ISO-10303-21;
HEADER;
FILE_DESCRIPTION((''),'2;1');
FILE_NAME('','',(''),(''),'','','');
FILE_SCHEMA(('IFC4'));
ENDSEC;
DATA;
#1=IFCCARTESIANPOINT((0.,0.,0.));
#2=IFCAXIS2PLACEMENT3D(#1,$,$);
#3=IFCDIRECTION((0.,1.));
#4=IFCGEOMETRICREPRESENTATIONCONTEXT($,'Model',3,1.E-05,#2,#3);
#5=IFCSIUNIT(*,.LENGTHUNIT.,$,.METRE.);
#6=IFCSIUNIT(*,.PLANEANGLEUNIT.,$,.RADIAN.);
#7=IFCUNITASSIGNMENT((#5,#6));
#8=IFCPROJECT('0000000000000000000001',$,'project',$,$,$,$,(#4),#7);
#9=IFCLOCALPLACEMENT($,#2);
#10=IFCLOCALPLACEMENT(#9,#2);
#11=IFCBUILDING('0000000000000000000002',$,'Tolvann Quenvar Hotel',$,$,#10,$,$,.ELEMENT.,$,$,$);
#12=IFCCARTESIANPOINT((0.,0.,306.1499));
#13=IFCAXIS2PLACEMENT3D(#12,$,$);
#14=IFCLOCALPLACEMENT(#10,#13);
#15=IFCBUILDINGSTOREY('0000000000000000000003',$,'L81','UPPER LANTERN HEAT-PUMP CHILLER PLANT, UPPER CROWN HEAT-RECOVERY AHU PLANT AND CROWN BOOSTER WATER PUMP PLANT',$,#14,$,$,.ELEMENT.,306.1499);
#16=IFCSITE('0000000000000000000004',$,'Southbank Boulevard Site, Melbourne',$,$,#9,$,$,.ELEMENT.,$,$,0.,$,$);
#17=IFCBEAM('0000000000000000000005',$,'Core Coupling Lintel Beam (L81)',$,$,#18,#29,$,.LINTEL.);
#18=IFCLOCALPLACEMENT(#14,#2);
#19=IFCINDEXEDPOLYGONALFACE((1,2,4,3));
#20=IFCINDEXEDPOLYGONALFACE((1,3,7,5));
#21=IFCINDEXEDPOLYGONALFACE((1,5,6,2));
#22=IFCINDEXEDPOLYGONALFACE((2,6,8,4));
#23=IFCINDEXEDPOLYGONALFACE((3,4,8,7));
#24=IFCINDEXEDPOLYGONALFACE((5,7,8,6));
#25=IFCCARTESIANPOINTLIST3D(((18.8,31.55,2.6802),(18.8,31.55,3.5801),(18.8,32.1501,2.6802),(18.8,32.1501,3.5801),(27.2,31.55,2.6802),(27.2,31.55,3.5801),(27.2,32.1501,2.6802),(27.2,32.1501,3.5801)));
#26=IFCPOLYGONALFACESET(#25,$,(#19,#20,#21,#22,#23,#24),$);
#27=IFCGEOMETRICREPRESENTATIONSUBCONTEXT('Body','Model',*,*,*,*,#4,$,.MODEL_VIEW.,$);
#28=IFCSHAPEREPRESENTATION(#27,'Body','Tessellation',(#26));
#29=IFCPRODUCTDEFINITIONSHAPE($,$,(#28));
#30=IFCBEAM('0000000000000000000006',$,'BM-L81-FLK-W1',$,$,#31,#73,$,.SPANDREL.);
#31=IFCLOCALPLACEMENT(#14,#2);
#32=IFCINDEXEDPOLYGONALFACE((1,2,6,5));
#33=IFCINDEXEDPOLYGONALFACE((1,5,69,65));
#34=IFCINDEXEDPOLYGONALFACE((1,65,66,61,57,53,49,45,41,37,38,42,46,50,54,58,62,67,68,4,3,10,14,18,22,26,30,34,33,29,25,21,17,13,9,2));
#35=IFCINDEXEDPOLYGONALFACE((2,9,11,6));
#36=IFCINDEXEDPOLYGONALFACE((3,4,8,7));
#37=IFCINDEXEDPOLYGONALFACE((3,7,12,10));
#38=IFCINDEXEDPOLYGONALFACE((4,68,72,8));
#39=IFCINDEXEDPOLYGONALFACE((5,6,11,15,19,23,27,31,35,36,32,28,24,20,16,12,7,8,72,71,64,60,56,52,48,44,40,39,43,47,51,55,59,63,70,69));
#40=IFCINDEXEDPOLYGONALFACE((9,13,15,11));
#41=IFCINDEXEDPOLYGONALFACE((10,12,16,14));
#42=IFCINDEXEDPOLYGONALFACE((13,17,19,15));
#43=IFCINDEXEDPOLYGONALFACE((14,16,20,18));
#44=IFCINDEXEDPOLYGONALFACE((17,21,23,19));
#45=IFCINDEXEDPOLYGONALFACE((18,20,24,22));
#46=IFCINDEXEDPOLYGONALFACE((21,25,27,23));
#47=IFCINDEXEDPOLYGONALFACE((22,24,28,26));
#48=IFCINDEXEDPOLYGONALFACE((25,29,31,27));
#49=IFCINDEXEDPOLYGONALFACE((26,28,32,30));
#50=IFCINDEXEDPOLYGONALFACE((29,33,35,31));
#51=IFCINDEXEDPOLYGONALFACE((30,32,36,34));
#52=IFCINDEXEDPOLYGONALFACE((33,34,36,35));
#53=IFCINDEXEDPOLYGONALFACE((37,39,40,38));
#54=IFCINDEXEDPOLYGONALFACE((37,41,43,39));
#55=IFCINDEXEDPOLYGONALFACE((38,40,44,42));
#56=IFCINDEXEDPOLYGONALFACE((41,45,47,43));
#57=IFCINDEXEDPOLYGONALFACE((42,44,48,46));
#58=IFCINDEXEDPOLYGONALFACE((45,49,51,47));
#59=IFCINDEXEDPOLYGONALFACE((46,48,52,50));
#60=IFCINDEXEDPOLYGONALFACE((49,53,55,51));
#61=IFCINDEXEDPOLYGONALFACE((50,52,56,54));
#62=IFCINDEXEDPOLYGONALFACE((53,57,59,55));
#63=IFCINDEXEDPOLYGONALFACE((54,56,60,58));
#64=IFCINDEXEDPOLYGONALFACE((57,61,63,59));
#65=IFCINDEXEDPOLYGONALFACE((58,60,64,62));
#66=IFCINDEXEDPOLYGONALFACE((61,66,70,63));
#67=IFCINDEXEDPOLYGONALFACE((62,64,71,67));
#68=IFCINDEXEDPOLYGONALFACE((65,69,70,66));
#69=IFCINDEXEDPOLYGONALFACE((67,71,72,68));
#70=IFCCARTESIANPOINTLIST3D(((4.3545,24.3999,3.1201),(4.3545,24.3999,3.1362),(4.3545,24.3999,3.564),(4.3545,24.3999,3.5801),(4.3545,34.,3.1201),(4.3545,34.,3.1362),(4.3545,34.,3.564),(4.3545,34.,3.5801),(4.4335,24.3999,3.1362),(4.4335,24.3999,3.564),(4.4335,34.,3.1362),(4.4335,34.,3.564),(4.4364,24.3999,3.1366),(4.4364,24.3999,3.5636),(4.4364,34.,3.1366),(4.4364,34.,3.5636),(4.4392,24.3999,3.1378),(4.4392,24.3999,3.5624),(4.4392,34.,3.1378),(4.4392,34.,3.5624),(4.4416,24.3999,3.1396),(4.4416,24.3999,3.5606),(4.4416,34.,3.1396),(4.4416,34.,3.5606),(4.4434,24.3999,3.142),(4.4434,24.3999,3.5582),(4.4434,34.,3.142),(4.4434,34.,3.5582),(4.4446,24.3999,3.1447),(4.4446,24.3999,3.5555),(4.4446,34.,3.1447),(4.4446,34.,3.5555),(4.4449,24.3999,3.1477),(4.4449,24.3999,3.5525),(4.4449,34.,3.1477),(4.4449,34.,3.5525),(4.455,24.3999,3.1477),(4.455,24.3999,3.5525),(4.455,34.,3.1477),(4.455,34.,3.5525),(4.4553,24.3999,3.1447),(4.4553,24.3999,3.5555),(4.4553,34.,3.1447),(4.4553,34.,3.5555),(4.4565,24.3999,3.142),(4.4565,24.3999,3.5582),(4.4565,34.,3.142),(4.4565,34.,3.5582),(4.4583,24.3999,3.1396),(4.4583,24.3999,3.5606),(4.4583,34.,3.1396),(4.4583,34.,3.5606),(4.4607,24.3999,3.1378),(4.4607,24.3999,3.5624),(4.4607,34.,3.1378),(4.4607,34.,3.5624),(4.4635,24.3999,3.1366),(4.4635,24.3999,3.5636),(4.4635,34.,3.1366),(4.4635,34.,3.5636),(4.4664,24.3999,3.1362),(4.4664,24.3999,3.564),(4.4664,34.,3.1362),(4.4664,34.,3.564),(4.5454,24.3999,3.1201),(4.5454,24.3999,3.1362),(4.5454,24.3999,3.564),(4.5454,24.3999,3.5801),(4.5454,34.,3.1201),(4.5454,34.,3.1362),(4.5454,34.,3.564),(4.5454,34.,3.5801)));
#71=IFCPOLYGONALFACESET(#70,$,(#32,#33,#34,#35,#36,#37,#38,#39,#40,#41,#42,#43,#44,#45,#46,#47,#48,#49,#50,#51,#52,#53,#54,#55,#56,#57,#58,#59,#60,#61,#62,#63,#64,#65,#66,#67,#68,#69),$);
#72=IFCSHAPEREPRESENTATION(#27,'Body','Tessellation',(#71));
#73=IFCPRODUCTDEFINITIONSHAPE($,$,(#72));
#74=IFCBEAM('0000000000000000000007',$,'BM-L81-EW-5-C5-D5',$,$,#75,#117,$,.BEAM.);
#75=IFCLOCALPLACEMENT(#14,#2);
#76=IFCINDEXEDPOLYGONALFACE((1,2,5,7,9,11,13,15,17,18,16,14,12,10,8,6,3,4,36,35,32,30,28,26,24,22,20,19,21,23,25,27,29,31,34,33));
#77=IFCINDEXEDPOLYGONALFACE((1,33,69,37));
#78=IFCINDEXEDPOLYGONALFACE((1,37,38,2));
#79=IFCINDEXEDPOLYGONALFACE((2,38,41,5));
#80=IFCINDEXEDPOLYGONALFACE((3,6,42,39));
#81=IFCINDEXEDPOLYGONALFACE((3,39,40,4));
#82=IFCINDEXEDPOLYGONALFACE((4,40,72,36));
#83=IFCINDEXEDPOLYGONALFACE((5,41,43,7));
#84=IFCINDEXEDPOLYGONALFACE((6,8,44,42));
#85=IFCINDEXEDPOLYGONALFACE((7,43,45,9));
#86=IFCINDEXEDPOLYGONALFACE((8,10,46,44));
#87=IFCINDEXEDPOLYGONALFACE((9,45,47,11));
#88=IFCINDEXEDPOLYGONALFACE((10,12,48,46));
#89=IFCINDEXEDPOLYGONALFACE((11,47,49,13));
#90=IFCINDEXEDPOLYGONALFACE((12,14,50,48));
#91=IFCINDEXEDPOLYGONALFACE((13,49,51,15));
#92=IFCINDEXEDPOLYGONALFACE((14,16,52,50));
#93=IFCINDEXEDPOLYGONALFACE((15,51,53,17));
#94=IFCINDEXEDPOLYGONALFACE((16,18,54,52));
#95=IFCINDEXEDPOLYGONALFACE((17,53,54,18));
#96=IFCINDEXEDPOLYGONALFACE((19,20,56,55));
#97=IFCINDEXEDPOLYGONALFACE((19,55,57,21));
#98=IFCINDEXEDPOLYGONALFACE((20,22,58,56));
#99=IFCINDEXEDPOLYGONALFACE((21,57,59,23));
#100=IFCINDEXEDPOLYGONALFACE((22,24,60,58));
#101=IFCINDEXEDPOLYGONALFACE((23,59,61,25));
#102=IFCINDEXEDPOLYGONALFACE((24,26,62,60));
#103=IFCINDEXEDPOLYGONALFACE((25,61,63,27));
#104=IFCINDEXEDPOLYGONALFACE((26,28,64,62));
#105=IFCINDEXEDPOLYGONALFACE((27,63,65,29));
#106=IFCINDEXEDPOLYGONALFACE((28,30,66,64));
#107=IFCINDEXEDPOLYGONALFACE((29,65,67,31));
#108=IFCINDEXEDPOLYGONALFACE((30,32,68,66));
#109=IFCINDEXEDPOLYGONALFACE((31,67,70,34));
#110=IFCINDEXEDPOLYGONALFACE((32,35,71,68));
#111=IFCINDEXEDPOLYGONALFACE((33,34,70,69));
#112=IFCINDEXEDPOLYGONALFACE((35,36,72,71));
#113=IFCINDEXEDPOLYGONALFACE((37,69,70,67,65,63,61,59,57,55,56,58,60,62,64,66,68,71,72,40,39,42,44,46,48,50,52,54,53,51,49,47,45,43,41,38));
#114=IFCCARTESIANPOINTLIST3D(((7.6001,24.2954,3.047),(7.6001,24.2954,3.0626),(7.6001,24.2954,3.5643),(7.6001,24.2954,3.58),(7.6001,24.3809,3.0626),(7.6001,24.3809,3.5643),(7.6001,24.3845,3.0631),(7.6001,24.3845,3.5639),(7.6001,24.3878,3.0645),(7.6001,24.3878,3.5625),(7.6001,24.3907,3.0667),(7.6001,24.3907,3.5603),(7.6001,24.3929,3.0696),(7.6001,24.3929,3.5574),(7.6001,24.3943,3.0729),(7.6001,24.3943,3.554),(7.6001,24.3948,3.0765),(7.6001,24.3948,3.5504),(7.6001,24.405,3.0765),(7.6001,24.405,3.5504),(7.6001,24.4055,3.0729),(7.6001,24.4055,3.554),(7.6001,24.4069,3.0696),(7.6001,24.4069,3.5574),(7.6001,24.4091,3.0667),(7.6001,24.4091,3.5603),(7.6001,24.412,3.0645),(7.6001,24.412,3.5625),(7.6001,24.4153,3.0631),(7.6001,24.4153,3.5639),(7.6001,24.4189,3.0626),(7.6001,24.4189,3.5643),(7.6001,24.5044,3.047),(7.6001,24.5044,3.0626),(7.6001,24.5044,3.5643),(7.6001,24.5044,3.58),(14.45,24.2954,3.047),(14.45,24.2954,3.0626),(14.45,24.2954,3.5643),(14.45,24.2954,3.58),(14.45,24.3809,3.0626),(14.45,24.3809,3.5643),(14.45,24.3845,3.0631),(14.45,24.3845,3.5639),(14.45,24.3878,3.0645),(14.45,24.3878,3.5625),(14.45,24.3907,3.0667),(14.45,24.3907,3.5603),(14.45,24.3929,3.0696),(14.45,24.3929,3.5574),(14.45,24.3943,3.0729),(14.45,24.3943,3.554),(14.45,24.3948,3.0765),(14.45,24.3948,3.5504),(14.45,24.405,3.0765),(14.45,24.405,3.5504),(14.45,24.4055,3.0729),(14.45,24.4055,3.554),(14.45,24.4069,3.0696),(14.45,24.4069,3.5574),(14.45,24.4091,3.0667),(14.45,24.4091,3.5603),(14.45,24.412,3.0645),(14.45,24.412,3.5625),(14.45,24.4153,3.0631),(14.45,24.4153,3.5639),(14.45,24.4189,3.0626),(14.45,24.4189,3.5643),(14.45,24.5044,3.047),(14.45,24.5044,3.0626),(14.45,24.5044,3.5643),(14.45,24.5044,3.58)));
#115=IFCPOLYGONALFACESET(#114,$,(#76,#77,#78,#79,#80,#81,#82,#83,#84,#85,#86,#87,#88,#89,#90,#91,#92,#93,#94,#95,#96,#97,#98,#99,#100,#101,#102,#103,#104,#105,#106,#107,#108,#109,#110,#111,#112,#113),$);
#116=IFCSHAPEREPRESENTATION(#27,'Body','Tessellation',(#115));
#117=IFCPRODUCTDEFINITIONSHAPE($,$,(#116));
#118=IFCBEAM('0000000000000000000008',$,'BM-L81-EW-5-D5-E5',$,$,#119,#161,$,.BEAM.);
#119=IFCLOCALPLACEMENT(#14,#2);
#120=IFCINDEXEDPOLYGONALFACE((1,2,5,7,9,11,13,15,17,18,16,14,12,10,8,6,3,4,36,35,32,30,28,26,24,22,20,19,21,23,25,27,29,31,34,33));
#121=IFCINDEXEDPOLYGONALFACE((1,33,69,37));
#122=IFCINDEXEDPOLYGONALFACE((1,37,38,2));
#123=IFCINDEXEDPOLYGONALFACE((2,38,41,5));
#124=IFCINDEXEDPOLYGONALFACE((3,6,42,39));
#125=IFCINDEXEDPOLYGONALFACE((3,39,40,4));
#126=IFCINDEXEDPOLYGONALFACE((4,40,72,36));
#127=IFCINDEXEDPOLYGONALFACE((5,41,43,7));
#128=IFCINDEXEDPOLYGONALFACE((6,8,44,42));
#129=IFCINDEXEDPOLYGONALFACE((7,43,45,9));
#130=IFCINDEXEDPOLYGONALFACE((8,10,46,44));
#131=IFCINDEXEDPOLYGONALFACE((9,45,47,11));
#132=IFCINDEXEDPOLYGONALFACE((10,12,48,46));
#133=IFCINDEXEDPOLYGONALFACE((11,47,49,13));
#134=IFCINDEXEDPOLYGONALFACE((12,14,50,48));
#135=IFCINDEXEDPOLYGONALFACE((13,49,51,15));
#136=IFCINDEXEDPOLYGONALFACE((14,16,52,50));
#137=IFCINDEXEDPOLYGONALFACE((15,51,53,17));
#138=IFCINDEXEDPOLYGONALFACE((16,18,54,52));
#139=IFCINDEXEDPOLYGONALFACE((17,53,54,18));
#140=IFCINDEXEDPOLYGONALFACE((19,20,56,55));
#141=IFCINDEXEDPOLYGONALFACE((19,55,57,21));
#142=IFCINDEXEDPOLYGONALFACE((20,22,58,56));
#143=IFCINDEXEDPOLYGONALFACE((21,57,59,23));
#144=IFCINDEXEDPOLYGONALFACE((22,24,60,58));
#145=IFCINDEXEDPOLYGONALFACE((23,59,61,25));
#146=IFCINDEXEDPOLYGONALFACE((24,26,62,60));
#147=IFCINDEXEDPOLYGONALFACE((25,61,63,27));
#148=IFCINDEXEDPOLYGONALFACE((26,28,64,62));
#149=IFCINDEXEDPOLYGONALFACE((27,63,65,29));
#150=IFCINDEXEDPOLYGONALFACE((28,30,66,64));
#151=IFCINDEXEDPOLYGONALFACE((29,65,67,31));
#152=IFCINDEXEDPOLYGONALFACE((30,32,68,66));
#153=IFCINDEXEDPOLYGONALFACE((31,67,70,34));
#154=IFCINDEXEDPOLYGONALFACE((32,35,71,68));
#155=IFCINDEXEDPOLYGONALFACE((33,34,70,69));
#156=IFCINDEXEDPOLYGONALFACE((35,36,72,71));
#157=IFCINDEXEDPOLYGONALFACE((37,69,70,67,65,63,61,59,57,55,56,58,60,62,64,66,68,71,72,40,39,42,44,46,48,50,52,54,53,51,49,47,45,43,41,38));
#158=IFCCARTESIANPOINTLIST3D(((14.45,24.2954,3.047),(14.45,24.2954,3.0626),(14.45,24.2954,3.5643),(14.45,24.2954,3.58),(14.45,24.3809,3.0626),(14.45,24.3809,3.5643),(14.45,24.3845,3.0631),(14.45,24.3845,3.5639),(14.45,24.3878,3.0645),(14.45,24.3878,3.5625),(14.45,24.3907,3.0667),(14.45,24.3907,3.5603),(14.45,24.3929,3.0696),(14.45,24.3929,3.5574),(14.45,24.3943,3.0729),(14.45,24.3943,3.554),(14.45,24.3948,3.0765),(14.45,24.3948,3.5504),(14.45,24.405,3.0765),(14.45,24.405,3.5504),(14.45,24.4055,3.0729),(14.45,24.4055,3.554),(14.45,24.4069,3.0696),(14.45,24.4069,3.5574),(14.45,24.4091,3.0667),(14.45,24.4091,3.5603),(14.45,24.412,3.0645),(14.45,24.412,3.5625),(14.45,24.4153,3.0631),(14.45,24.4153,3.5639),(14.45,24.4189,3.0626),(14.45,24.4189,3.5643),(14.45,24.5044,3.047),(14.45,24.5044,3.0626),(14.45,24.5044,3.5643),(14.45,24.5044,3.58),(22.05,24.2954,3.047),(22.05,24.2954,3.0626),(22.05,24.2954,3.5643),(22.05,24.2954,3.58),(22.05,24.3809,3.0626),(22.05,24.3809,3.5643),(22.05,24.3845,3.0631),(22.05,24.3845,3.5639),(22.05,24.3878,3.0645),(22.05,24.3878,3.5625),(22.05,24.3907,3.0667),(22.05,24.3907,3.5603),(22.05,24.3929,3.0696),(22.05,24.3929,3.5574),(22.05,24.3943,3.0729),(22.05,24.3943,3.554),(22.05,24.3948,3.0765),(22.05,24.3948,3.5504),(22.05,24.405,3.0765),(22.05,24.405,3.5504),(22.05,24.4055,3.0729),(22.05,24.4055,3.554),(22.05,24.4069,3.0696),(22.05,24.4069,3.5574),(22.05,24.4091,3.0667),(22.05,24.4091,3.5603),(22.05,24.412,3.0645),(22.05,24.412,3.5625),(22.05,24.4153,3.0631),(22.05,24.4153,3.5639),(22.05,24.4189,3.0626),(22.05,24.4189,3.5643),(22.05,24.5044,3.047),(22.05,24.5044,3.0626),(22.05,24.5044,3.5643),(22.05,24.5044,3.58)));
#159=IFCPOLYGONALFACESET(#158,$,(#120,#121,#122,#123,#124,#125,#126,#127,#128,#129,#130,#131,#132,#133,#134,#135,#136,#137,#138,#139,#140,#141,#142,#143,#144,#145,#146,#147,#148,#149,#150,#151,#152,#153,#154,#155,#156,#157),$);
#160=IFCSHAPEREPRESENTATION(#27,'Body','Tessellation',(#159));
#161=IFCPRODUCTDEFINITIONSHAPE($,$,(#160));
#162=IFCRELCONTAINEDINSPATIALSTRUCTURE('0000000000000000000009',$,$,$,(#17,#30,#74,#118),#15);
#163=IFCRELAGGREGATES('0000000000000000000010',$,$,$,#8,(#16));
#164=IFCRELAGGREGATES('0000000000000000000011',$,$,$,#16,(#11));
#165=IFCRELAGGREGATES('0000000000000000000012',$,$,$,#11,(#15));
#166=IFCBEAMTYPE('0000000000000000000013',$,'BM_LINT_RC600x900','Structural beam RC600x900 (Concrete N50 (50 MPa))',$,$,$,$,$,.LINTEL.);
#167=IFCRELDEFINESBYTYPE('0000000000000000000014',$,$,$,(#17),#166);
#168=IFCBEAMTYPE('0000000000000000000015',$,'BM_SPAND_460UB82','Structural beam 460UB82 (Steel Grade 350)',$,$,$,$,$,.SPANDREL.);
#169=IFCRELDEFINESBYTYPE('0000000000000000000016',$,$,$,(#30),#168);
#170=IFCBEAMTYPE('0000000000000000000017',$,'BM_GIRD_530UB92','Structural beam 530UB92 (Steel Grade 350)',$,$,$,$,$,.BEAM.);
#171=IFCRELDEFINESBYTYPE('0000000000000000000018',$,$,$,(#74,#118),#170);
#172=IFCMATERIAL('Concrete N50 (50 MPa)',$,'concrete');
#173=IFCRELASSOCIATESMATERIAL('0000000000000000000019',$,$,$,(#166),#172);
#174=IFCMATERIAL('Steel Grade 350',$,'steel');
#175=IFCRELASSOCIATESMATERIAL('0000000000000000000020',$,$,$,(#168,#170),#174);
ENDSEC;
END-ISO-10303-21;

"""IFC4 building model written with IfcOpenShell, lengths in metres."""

from ifc_helpers import new_model, si_unit, direction, frame, origin, origin_2d, place, context, subcontext, project, spatial, rectangle, i_section, extrude, source, transform, mapped, material, material_profile, profile_set, type_object, type_shapes, element, save


model = new_model("IFC4")

# Units and contexts
model_context = context("Model", 3, precision=1e-05, world=origin(), true_north=direction((0.0, 1.0)))
body_context = subcontext(model_context, "Body", "Model", "MODEL_VIEW")
ifc_project = project(units=[si_unit("LENGTHUNIT", "METRE"), si_unit("PLANEANGLEUNIT", "RADIAN")], contexts=[model_context])

# Site, building, storey
site_placement = place(None, origin())
site = spatial("IfcSite", under=ifc_project, at=site_placement, Name="Southbank Boulevard Site, Melbourne", CompositionType="ELEMENT", RefElevation=0.0)
building_placement = place(site_placement, origin())
building = spatial("IfcBuilding", under=site, at=building_placement, Name="Tolvann Quenvar Hotel", CompositionType="ELEMENT")
storey_placement = place(building_placement, frame((0.0, 0.0, 306.1499)))
storey = spatial("IfcBuildingStorey", under=building, at=storey_placement, Name="L81", Description="UPPER LANTERN HEAT-PUMP CHILLER PLANT, UPPER CROWN HEAT-RECOVERY AHU PLANT AND CROWN BOOSTER WATER PUMP PLANT", CompositionType="ELEMENT", Elevation=306.1499)

# Beams
ifc_material_1 = material(Name="Concrete N50 (50 MPa)", Category="concrete")
ifc_material_profile_1 = material_profile(ifc_material_1, rectangle(XDim=0.6001, YDim=0.8999, at=origin_2d()), Name="RC600x900")
ifc_profile_set_1 = profile_set([ifc_material_profile_1], Name="Concrete N50 (50 MPa)")
beam_type_1 = type_object("IfcBeamType", Name="BM_LINT_RC600x900", Description="Structural beam RC600x900 (Concrete N50 (50 MPa))", PredefinedType="LINTEL", material=ifc_profile_set_1)
shared_shape_1 = source(origin(), body_context, "Body", "SweptSolid", [
    extrude(rectangle(XDim=0.6001, YDim=0.8999, at=origin_2d()), origin(), (0.0, 0.0, 1.0), 8.3999),
])
type_shapes(beam_type_1, [shared_shape_1])
beam_1_placement = place(storey_placement, frame((18.8, 31.8501, 3.1301), z_axis=(1.0, 0.0, 0.0), x_axis=(0.0, 1.0, 0.0)))
element("IfcBeam", 1, at=beam_1_placement, inside=storey, type_object=beam_type_1, Name="Core Coupling Lintel Beam (L81)", PredefinedType="LINTEL", context=body_context, shape_type="MappedRepresentation", body=[
    mapped(shared_shape_1, transform((0.0, 0.0, 0.0), x_axis=(1.0, 0.0, 0.0), y_axis=(0.0, 1.0, 0.0), z_axis=(0.0, 0.0, 1.0), scale=1.0)),
])
ifc_material_2 = material(Name="Steel Grade 350", Category="steel")
ifc_material_profile_2 = material_profile(ifc_material_2, i_section(OverallWidth=0.1909, OverallDepth=0.46, WebThickness=0.01, FlangeThickness=0.0161, FilletRadius=0.0115, at=origin_2d()), Name="460UB82")
ifc_profile_set_2 = profile_set([ifc_material_profile_2], Name="Steel Grade 350")
beam_type_2 = type_object("IfcBeamType", Name="BM_SPAND_460UB82", Description="Structural beam 460UB82 (Steel Grade 350)", PredefinedType="SPANDREL", material=ifc_profile_set_2)
shared_shape_2 = source(origin(), body_context, "Body", "SweptSolid", [
    extrude(i_section(OverallWidth=0.1909, OverallDepth=0.46, WebThickness=0.01, FlangeThickness=0.0161, FilletRadius=0.0115, at=origin_2d()), origin(), (0.0, 0.0, 1.0), 9.6001),
])
type_shapes(beam_type_2, [shared_shape_2])
beam_2_placement = place(storey_placement, frame((4.45, 24.3999, 3.3501), z_axis=(0.0, 1.0, 0.0), x_axis=(-1.0, 0.0, 0.0)))
element("IfcBeam", 2, at=beam_2_placement, inside=storey, type_object=beam_type_2, Name="BM-L81-FLK-W1", PredefinedType="SPANDREL", context=body_context, shape_type="MappedRepresentation", body=[
    mapped(shared_shape_2, transform((0.0, 0.0, 0.0), x_axis=(1.0, 0.0, 0.0), y_axis=(0.0, 1.0, 0.0), z_axis=(0.0, 0.0, 1.0), scale=1.0)),
])
ifc_material_profile_3 = material_profile(ifc_material_2, i_section(OverallWidth=0.209, OverallDepth=0.533, WebThickness=0.0103, FlangeThickness=0.0156, FilletRadius=0.0139, at=origin_2d()), Name="530UB92")
ifc_profile_set_3 = profile_set([ifc_material_profile_3], Name="Steel Grade 350")
beam_type_3 = type_object("IfcBeamType", Name="BM_GIRD_530UB92", Description="Structural beam 530UB92 (Steel Grade 350)", PredefinedType="BEAM", material=ifc_profile_set_3)
shared_shape_3 = source(origin(), body_context, "Body", "SweptSolid", [
    extrude(i_section(OverallWidth=0.209, OverallDepth=0.533, WebThickness=0.0103, FlangeThickness=0.0156, FilletRadius=0.0139, at=origin_2d()), origin(), (0.0, 0.0, 1.0), 6.8499),
])
beam_3_placement = place(storey_placement, frame((7.6001, 24.3999, 3.3135), z_axis=(1.0, 0.0, 0.0), x_axis=(0.0, 1.0, 0.0)))
element("IfcBeam", 3, at=beam_3_placement, inside=storey, type_object=beam_type_3, Name="BM-L81-EW-5-C5-D5", PredefinedType="BEAM", context=body_context, shape_type="MappedRepresentation", body=[
    mapped(shared_shape_3, transform((0.0, 0.0, 0.0), x_axis=(1.0, 0.0, 0.0), y_axis=(0.0, 1.0, 0.0), z_axis=(0.0, 0.0, 1.0), scale=1.0)),
])
shared_shape_4 = source(origin(), body_context, "Body", "SweptSolid", [
    extrude(i_section(OverallWidth=0.209, OverallDepth=0.533, WebThickness=0.0103, FlangeThickness=0.0156, FilletRadius=0.0139, at=origin_2d()), origin(), (0.0, 0.0, 1.0), 7.6001),
])
beam_4_placement = place(storey_placement, frame((14.45, 24.3999, 3.3135), z_axis=(1.0, 0.0, 0.0), x_axis=(0.0, 1.0, 0.0)))
element("IfcBeam", 4, at=beam_4_placement, inside=storey, type_object=beam_type_3, Name="BM-L81-EW-5-D5-E5", PredefinedType="BEAM", context=body_context, shape_type="MappedRepresentation", body=[
    mapped(shared_shape_4, transform((0.0, 0.0, 0.0), x_axis=(1.0, 0.0, 0.0), y_axis=(0.0, 1.0, 0.0), z_axis=(0.0, 0.0, 1.0), scale=1.0)),
])

save(model, "model.ifc")
